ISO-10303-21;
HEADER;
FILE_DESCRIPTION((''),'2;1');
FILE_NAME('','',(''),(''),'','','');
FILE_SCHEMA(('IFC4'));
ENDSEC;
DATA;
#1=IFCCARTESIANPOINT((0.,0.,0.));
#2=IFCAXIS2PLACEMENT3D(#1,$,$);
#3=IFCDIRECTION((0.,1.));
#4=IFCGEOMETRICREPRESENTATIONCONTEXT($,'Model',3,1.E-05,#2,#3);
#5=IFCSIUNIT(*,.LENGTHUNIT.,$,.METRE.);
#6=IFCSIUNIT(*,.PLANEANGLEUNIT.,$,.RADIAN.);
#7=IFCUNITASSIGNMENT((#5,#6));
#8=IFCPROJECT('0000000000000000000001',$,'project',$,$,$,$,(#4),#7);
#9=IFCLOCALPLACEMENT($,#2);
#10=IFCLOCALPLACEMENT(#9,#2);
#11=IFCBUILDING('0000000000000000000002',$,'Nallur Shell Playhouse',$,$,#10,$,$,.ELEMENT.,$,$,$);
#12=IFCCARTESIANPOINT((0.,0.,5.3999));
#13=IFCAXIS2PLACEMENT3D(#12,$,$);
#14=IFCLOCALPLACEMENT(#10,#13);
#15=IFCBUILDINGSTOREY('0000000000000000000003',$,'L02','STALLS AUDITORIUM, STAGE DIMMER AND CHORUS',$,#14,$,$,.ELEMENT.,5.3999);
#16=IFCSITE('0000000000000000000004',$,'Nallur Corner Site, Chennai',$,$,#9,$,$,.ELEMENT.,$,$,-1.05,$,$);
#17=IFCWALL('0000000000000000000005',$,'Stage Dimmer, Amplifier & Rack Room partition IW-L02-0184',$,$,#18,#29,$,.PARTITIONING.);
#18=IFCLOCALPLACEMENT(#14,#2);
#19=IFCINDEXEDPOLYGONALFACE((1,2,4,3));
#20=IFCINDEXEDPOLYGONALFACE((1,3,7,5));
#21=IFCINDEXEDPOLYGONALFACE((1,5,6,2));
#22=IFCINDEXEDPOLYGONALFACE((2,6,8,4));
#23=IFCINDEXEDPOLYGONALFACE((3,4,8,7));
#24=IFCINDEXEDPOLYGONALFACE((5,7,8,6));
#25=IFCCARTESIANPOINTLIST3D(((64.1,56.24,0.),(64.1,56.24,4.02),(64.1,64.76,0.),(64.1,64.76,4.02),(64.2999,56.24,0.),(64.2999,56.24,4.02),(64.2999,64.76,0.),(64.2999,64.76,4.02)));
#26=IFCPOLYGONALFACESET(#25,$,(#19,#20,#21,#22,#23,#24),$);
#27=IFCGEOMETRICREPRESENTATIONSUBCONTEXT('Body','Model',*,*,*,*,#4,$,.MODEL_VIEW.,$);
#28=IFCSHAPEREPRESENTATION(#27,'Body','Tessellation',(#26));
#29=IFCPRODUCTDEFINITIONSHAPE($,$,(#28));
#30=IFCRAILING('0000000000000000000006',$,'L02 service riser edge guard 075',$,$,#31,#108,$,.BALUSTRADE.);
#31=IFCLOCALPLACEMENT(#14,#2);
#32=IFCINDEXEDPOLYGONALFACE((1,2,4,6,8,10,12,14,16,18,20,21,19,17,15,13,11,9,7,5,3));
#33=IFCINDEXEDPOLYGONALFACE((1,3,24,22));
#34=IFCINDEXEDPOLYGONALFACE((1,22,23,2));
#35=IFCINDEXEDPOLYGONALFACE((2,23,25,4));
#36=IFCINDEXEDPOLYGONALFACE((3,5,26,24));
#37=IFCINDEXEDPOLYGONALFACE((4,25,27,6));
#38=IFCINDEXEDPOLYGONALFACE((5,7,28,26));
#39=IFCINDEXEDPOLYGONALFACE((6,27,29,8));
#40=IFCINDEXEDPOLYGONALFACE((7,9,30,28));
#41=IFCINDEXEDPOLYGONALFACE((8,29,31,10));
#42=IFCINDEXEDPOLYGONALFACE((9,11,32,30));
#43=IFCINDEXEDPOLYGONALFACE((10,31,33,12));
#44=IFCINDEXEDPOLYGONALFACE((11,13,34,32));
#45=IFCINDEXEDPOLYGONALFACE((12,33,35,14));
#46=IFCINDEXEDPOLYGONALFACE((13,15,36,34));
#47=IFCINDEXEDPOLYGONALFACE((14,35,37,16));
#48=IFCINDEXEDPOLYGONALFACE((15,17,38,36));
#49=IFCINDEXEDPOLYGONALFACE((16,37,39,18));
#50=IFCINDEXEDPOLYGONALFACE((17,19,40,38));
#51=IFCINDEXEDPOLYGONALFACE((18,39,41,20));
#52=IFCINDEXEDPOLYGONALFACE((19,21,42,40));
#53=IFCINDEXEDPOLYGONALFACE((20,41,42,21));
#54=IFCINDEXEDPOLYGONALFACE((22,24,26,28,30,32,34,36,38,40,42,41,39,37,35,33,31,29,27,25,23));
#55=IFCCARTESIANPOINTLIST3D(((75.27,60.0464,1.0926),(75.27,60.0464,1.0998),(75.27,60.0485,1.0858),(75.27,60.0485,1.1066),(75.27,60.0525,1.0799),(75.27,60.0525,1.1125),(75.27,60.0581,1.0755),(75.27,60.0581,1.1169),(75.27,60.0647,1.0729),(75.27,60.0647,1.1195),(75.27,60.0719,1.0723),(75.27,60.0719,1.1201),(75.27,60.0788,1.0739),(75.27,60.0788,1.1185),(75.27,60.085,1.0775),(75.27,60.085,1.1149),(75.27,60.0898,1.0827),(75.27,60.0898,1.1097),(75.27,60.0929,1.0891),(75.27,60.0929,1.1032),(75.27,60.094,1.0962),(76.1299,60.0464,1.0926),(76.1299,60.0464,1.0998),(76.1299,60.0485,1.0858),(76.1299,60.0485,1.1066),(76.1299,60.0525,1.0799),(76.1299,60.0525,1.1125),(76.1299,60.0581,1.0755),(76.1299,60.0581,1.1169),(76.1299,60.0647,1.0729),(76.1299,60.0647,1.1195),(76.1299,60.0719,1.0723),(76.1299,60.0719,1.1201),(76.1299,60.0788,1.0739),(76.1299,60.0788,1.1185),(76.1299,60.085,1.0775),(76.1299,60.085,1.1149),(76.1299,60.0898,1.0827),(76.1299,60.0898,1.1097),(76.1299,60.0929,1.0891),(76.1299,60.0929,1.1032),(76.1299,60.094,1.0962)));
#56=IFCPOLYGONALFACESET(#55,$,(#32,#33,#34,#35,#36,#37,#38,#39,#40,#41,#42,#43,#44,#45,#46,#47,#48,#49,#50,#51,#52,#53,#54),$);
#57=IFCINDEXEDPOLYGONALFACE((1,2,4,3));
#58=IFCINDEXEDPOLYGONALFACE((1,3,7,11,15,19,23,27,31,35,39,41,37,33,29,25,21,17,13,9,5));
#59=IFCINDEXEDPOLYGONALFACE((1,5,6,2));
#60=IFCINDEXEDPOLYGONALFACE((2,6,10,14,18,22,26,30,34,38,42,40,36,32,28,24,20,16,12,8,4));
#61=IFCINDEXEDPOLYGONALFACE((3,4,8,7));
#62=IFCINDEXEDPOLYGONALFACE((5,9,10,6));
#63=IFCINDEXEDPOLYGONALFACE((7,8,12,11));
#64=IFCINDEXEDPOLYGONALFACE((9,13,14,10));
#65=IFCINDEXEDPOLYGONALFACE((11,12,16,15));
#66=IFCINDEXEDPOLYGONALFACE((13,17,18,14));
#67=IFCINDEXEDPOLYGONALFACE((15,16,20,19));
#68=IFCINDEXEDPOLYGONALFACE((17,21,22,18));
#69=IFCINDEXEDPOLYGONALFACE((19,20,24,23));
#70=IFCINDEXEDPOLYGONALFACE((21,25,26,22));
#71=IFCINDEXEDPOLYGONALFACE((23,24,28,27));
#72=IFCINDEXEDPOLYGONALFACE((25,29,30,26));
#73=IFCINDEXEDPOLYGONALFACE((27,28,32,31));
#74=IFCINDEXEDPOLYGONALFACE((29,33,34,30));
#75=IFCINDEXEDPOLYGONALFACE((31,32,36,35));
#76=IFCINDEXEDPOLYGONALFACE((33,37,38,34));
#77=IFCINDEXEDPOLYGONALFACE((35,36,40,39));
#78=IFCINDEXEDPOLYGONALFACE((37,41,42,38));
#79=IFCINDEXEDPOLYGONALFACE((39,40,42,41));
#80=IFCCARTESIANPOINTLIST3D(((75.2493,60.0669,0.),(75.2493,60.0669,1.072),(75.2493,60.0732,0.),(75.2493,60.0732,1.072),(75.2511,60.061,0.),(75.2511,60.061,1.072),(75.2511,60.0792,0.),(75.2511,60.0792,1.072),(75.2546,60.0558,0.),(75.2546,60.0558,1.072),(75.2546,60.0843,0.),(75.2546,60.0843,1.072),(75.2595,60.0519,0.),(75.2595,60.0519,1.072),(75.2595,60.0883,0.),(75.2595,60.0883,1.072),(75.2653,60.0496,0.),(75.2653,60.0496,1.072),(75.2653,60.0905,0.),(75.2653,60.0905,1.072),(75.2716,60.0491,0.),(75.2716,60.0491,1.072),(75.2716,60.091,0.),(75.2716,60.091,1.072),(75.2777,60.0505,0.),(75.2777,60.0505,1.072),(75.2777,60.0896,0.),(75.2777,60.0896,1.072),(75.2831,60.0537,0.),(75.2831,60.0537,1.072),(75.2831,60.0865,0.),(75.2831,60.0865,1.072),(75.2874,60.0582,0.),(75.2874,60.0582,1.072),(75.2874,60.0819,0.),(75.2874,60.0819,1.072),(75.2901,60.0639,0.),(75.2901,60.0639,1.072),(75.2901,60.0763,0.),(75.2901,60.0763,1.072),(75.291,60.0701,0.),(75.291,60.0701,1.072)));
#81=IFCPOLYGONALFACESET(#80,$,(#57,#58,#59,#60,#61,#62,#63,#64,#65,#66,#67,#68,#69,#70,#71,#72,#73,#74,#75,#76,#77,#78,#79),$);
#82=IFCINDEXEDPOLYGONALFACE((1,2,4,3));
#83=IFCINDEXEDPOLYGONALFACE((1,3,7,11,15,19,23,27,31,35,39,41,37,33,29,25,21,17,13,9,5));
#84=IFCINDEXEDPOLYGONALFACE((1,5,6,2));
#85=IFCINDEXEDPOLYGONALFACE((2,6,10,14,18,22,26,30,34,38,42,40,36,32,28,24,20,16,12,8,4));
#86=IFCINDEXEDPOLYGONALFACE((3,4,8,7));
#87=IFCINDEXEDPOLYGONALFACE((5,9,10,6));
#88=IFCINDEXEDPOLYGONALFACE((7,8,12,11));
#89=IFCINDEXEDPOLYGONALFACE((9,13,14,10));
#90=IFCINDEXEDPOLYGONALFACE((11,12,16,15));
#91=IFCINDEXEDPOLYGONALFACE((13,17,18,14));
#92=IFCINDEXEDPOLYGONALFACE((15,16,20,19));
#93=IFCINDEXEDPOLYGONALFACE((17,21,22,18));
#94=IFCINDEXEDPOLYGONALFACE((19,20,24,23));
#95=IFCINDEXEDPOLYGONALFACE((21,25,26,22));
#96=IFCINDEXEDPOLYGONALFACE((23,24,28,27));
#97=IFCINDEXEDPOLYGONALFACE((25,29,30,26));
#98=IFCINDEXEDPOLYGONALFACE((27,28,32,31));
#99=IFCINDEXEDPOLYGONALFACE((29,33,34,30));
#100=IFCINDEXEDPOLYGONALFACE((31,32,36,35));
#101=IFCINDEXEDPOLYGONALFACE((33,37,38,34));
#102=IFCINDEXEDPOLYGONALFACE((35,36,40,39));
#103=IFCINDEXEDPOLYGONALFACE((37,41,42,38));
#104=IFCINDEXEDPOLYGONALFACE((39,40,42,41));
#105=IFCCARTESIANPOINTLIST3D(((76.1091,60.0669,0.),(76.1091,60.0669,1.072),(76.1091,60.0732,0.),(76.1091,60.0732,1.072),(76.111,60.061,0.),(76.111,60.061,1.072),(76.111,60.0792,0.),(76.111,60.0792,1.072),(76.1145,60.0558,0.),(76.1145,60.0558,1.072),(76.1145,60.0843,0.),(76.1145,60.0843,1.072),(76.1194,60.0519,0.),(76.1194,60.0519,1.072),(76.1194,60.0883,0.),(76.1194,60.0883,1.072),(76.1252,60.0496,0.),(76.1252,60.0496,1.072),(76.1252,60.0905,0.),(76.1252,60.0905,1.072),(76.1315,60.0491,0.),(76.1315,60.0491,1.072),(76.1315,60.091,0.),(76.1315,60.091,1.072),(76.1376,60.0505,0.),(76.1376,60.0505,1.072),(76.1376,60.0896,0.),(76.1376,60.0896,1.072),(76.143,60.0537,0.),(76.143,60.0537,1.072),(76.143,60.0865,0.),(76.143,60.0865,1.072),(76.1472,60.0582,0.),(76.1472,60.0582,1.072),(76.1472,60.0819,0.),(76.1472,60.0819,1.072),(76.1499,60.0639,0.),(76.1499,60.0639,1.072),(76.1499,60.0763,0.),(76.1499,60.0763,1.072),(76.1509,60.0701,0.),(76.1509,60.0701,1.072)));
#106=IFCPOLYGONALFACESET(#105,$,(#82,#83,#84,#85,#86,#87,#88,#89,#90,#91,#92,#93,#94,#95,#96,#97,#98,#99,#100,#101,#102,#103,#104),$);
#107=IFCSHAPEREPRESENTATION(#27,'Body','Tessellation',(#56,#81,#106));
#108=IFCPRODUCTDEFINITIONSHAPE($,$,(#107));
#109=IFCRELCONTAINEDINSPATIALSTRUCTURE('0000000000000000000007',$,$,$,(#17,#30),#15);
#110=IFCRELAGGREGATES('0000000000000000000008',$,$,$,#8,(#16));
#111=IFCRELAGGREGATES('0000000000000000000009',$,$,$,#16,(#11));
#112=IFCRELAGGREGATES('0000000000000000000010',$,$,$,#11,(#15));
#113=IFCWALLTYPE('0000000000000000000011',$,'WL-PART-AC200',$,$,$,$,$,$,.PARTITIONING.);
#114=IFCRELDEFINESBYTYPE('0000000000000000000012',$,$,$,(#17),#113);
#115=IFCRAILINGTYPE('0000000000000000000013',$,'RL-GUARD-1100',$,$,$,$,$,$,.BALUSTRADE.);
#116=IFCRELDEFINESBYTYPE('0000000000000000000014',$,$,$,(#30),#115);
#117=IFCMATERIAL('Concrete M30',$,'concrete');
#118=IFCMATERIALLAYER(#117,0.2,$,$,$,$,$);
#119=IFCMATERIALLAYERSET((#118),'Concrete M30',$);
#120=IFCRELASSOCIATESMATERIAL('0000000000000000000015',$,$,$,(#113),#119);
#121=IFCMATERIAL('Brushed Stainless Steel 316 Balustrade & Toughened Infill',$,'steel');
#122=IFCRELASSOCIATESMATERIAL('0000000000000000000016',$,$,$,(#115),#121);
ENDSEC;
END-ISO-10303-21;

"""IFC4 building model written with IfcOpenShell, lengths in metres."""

from ifc_helpers import new_model, si_unit, direction, frame, frame_2d, origin, origin_2d, place, context, subcontext, project, spatial, rectangle, circle, extrude, material, layer, layer_set, type_object, element, save


model = new_model("IFC4")

# Units and contexts
model_context = context("Model", 3, precision=1e-05, world=origin(), true_north=direction((0.0, 1.0)))
body_context = subcontext(model_context, "Body", "Model", "MODEL_VIEW")
ifc_project = project(units=[si_unit("LENGTHUNIT", "METRE"), si_unit("PLANEANGLEUNIT", "RADIAN")], contexts=[model_context])

# Site, building, storey
site_placement = place(None, origin())
site = spatial("IfcSite", under=ifc_project, at=site_placement, Name="Nallur Corner Site, Chennai", CompositionType="ELEMENT", RefElevation=-1.05)
building_placement = place(site_placement, origin())
building = spatial("IfcBuilding", under=site, at=building_placement, Name="Nallur Shell Playhouse", CompositionType="ELEMENT")
storey_placement = place(building_placement, frame((0.0, 0.0, 5.3999)))
storey = spatial("IfcBuildingStorey", under=building, at=storey_placement, Name="L02", Description="STALLS AUDITORIUM, STAGE DIMMER AND CHORUS", CompositionType="ELEMENT", Elevation=5.3999)

# Shared definitions
ifc_material_1 = material(Name="Concrete M30", Category="concrete")

# Shared definitions
ifc_layer_1 = layer(ifc_material_1, 0.2)
ifc_layer_set_1 = layer_set([ifc_layer_1], Name="Concrete M30")
wall_type = type_object("IfcWallType", Name="WL-PART-AC200", PredefinedType="PARTITIONING", material=ifc_layer_set_1)

# Wall
wall_1_placement = place(storey_placement, frame((64.2, 56.24, 0.0), z_axis=(0.0, 0.0, 1.0), x_axis=(0.0, 1.0, 0.0)))
element("IfcWall", 1, at=wall_1_placement, inside=storey, type_object=wall_type, Name="Stage Dimmer, Amplifier & Rack Room partition IW-L02-0184", PredefinedType="PARTITIONING", context=body_context, shape_type="SweptSolid", body=[
    extrude(rectangle(XDim=8.52, YDim=0.2, at=frame_2d((4.26, 0.0))), origin(), (0.0, 0.0, 1.0), 4.02),
])

# Railing
ifc_material_2 = material(Name="Brushed Stainless Steel 316 Balustrade & Toughened Infill", Category="steel")
railing_type = type_object("IfcRailingType", Name="RL-GUARD-1100", PredefinedType="BALUSTRADE", material=ifc_material_2)
railing_placement = place(storey_placement, frame((75.27, 60.0701, 0.0)))
element("IfcRailing", 2, at=railing_placement, inside=storey, type_object=railing_type, Name="L02 service riser edge guard 075", PredefinedType="BALUSTRADE", context=body_context, shape_type="SweptSolid", body=[
    extrude(circle(Radius=0.0239, at=origin_2d()), frame((0.0, 0.0, 1.0962), z_axis=(1.0, 0.0, 0.0), x_axis=(0.0, 1.0, 0.0)), (0.0, 0.0, 1.0), 0.8599),
    extrude(circle(Radius=0.021, at=origin_2d()), origin(), (0.0, 0.0, 1.0), 1.072),
    extrude(circle(Radius=0.021, at=origin_2d()), frame((0.8599, 0.0, 0.0)), (0.0, 0.0, 1.0), 1.072),
])

save(model, "model.ifc")
